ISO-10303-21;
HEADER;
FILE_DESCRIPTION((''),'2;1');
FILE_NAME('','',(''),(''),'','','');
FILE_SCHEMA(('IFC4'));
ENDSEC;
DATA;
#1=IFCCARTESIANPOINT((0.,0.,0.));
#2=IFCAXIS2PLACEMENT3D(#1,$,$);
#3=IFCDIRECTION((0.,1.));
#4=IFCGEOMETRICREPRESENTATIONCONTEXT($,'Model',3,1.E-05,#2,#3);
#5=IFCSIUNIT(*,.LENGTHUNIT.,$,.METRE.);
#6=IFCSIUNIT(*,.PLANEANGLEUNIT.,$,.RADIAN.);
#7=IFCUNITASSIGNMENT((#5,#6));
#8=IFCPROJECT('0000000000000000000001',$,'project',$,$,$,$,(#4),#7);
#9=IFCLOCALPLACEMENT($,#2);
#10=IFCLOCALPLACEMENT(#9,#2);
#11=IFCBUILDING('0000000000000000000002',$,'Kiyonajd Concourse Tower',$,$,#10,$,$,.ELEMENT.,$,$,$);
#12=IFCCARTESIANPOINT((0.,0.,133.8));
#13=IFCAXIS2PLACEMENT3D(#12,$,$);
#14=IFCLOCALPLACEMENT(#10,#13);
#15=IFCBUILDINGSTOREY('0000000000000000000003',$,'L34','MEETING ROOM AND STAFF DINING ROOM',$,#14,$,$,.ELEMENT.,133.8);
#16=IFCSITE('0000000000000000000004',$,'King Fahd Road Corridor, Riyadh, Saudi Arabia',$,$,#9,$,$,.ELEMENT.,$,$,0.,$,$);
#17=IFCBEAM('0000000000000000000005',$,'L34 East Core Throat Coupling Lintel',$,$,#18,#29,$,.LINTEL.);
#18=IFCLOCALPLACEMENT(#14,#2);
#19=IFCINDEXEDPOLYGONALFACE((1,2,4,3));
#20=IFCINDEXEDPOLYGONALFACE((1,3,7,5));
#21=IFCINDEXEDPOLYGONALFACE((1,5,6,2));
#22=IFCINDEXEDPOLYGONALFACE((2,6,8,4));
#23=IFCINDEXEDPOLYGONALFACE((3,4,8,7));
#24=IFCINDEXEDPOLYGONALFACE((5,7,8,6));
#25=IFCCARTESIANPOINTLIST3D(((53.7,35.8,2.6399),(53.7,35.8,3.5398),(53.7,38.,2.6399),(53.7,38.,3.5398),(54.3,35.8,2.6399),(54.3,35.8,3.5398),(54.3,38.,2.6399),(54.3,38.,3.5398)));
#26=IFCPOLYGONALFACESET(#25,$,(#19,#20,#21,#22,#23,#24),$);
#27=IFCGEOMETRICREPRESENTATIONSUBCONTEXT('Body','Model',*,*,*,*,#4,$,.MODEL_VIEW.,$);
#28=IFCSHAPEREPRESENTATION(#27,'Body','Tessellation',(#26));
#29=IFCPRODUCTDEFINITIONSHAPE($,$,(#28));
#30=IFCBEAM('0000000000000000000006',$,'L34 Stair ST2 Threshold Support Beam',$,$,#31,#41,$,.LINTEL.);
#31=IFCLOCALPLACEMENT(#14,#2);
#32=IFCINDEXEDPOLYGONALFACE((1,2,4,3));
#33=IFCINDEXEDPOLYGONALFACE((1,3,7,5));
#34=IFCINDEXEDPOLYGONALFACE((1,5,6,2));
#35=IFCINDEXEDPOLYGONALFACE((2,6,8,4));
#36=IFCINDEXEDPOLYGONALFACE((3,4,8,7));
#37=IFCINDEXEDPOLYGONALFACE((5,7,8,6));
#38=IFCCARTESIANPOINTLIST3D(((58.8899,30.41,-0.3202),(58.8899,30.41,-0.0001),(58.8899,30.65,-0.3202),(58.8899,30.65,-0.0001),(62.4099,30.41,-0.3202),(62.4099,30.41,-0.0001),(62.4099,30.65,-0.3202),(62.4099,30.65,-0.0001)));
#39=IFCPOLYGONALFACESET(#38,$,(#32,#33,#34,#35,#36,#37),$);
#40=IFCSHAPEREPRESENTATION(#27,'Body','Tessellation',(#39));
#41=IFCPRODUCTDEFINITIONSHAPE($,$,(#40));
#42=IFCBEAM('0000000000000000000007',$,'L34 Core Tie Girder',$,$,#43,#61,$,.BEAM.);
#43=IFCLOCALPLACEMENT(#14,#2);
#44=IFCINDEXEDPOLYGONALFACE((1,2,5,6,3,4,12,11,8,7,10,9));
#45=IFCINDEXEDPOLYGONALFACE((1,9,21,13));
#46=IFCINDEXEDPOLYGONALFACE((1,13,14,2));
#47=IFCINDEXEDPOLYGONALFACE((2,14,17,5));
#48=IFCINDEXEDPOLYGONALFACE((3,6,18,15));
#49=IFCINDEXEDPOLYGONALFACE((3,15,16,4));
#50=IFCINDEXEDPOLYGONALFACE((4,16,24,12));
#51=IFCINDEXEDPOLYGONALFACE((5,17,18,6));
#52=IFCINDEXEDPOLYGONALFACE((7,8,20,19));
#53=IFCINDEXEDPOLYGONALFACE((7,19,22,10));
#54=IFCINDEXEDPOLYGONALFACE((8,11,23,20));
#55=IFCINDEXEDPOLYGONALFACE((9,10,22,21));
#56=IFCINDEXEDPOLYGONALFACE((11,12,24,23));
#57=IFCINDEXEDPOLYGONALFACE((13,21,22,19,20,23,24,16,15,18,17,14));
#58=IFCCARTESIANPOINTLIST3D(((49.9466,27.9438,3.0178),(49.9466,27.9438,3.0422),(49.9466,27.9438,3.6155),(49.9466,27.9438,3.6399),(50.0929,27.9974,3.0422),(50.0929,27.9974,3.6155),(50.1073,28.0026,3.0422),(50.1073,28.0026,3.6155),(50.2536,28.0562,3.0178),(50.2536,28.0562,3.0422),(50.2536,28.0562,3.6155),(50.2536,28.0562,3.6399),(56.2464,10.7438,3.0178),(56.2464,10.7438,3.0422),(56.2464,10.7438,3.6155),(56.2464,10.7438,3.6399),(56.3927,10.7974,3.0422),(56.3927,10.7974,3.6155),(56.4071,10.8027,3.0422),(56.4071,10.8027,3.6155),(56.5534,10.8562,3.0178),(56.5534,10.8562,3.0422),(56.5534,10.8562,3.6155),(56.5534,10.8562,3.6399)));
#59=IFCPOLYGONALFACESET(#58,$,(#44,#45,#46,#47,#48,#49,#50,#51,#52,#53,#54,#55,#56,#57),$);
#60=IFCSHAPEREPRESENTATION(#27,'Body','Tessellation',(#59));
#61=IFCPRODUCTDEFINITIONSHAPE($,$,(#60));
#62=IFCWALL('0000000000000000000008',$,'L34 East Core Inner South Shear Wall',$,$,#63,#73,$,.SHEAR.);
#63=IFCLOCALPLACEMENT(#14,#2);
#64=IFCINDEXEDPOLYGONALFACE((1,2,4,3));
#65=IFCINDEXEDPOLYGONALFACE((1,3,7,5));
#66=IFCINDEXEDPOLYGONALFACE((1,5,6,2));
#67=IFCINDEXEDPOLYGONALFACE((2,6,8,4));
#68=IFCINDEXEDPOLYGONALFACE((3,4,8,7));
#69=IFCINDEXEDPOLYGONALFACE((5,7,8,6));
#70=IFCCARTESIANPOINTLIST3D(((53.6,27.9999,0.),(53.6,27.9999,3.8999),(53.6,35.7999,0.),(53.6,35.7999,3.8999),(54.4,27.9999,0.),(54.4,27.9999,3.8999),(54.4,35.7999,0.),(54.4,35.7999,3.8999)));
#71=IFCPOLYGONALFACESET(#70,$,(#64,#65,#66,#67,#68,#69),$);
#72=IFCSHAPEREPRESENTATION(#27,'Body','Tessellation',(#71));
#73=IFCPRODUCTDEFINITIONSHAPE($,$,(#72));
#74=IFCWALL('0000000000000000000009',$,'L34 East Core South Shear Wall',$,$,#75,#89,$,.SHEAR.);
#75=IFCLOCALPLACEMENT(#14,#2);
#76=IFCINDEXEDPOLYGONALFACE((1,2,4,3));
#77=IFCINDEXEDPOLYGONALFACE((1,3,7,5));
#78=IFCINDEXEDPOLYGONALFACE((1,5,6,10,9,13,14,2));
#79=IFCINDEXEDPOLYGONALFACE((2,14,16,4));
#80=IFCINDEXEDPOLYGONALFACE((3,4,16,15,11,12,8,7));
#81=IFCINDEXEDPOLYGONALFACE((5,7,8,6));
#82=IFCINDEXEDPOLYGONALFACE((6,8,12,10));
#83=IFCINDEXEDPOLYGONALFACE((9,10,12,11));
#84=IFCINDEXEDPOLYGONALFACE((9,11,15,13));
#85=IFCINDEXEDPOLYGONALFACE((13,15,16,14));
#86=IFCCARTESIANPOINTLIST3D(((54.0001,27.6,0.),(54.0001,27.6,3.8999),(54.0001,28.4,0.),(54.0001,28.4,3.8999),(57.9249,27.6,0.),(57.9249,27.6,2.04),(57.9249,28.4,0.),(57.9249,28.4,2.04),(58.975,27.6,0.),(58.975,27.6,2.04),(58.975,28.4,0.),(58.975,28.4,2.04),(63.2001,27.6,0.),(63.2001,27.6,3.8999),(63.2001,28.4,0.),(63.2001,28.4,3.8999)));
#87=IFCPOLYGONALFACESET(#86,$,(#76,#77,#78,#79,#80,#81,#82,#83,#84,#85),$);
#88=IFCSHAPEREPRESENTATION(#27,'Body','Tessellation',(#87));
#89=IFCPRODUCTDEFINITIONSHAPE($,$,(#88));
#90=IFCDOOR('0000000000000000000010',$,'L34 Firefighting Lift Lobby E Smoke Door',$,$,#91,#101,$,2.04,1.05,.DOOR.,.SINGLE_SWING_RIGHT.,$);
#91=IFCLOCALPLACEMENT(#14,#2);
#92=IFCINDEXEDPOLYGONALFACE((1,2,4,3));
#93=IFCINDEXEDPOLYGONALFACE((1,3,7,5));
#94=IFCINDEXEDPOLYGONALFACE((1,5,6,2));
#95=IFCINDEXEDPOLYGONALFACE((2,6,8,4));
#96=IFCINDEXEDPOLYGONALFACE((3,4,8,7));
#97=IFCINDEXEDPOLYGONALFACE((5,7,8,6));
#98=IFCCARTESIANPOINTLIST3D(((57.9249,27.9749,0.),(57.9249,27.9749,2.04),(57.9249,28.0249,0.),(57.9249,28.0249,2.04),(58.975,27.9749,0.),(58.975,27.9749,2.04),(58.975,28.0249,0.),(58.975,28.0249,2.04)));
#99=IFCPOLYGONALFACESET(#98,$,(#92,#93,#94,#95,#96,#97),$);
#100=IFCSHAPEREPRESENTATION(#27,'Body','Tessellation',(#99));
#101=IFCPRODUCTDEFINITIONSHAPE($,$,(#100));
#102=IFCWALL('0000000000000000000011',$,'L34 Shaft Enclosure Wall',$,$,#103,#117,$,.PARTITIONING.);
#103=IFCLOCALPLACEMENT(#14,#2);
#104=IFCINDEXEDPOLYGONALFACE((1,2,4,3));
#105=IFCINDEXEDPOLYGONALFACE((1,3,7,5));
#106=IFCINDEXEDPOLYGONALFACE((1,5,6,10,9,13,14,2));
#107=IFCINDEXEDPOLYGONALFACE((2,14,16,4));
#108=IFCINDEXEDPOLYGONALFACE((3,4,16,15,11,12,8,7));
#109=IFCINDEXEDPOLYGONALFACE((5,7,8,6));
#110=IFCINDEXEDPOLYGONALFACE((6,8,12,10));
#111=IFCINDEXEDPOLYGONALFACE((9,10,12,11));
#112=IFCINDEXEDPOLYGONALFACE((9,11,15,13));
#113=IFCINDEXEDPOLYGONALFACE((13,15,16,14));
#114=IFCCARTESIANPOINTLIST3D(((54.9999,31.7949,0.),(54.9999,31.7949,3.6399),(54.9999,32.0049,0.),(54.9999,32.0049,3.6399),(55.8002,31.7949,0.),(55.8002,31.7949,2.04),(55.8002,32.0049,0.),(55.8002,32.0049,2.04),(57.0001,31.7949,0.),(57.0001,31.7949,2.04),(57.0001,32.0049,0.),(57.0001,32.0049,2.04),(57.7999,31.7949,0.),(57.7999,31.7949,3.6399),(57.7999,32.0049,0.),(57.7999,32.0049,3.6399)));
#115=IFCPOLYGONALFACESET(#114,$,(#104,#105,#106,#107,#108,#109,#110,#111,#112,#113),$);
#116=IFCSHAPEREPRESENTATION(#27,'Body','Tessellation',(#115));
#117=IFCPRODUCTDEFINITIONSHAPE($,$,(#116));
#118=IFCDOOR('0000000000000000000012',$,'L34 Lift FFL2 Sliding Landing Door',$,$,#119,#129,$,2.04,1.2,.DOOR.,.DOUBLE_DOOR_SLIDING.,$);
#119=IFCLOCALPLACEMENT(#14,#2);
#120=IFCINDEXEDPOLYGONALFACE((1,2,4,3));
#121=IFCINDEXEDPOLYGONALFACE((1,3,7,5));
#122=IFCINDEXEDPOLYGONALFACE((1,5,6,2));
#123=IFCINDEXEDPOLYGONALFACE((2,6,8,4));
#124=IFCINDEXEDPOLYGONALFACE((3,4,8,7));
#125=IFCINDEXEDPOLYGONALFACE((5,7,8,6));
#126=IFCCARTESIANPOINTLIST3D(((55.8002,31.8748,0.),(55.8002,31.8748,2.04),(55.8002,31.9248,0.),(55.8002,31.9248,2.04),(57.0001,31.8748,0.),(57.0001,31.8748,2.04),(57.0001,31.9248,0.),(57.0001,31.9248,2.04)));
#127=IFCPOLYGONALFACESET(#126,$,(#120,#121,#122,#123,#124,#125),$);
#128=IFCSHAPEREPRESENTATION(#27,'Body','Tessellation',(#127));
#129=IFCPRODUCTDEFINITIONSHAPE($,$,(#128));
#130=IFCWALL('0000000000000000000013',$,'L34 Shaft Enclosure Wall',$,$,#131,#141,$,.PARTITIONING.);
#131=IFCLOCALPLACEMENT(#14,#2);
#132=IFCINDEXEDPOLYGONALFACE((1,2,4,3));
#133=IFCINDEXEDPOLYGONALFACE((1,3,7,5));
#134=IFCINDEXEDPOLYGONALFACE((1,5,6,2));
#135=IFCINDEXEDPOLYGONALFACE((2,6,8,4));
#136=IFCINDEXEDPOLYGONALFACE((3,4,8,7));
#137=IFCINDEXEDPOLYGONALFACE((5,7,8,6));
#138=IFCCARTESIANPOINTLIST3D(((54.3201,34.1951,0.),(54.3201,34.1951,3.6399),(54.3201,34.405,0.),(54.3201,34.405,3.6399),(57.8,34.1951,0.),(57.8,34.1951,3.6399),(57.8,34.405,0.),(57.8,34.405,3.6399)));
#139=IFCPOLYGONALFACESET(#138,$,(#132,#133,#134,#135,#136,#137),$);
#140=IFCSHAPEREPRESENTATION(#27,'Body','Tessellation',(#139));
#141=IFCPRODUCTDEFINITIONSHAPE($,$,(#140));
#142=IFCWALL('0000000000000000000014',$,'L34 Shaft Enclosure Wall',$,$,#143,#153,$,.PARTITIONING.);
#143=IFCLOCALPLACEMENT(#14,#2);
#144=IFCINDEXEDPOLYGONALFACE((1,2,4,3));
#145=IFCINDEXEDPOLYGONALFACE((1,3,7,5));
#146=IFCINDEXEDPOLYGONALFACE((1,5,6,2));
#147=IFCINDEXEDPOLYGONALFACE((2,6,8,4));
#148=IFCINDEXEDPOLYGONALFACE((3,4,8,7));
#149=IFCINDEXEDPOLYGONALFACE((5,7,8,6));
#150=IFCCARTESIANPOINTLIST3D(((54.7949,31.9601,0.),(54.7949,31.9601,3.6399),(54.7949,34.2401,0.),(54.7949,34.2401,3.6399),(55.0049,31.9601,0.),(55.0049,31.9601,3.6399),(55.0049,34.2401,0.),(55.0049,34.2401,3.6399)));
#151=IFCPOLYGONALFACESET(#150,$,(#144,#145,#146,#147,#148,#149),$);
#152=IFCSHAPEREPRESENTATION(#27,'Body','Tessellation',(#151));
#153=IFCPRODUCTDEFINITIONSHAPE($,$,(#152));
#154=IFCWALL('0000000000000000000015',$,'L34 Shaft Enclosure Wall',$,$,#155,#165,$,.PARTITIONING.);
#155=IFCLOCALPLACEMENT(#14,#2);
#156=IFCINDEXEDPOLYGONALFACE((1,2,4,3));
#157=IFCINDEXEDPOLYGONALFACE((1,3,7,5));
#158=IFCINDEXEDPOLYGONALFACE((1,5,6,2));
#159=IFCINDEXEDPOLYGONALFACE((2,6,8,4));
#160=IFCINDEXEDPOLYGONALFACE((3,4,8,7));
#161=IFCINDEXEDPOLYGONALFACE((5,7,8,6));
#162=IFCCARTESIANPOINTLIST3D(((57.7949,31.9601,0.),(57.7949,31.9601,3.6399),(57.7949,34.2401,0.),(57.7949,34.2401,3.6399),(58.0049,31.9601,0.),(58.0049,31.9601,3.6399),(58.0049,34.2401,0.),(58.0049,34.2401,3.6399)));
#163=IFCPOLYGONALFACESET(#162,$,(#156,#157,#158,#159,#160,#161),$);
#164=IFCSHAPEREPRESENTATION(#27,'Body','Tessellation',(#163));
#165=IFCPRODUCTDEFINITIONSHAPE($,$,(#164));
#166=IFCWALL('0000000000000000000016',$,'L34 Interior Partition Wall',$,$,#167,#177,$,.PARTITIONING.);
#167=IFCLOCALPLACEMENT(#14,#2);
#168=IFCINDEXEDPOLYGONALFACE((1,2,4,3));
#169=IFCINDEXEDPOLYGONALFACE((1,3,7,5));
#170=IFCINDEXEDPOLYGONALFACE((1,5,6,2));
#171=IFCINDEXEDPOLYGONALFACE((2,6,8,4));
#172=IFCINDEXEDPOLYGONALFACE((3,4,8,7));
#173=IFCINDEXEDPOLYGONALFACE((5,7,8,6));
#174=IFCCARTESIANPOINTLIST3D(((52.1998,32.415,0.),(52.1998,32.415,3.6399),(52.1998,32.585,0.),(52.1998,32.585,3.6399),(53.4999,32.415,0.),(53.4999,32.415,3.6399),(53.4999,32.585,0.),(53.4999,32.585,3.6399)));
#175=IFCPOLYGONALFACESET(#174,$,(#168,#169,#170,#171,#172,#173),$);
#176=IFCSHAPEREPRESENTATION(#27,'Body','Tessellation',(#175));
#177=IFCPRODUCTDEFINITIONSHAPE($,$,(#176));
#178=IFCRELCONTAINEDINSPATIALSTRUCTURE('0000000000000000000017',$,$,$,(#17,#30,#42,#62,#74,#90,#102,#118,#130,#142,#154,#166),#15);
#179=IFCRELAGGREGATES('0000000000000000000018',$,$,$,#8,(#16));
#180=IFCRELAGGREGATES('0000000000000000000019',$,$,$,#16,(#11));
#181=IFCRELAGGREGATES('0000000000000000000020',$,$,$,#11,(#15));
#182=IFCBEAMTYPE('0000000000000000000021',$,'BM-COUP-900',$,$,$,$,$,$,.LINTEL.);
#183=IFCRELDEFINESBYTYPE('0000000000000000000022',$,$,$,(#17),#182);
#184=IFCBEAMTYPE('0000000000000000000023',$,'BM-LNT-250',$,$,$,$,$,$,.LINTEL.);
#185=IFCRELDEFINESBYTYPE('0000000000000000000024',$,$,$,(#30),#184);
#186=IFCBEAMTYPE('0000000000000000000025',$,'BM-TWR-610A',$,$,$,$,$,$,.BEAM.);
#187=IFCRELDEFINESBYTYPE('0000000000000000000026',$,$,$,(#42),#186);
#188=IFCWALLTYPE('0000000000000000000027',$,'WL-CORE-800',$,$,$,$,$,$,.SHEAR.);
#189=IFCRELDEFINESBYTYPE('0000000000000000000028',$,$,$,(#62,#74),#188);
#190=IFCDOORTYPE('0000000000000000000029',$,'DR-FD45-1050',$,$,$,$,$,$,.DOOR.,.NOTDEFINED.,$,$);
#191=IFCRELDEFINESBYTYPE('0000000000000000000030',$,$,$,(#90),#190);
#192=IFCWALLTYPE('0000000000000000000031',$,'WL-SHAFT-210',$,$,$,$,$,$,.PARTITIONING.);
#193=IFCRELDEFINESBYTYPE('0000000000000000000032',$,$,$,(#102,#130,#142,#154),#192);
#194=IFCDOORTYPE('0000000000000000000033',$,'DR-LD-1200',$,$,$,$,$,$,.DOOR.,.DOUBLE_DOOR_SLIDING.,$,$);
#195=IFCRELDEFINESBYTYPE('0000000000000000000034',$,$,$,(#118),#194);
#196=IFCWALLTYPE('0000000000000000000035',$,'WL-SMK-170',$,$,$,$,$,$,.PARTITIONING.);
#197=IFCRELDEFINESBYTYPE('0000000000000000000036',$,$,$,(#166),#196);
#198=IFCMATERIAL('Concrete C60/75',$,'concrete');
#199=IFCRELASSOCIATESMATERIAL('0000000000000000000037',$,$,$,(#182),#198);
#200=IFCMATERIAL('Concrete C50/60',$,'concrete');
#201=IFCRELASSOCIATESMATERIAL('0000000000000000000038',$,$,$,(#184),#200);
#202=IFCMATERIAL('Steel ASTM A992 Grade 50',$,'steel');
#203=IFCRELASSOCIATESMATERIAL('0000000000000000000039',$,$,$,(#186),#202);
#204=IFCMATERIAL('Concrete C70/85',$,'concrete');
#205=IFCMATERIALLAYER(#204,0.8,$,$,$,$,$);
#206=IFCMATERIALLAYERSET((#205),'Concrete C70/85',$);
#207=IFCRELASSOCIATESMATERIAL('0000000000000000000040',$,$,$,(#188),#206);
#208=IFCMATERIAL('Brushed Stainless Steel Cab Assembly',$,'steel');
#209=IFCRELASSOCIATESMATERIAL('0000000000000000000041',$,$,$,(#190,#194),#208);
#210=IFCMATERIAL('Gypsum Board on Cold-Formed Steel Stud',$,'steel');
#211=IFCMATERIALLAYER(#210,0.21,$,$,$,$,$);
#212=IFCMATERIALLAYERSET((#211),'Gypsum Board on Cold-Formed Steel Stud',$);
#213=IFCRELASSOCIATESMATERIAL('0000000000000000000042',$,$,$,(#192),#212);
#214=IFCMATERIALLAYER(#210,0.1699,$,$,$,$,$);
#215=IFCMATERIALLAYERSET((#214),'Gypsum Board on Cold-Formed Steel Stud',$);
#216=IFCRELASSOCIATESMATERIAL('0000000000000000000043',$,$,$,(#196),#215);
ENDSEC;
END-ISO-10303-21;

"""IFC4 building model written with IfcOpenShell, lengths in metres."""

from ifc_helpers import new_model, si_unit, direction, frame, frame_2d, origin, origin_2d, place, context, subcontext, project, spatial, rectangle, i_section, extrude, material, layer, layer_set, material_profile, profile_set, type_object, element, fill, save


model = new_model("IFC4")

# Units and contexts
model_context = context("Model", 3, precision=1e-05, world=origin(), true_north=direction((0.0, 1.0)))
body_context = subcontext(model_context, "Body", "Model", "MODEL_VIEW")
ifc_project = project(units=[si_unit("LENGTHUNIT", "METRE"), si_unit("PLANEANGLEUNIT", "RADIAN")], contexts=[model_context])

# Site, building, storey
site_placement = place(None, origin())
site = spatial("IfcSite", under=ifc_project, at=site_placement, Name="King Fahd Road Corridor, Riyadh, Saudi Arabia", CompositionType="ELEMENT", RefElevation=0.0)
building_placement = place(site_placement, origin())
building = spatial("IfcBuilding", under=site, at=building_placement, Name="Kiyonajd Concourse Tower", CompositionType="ELEMENT")
storey_placement = place(building_placement, frame((0.0, 0.0, 133.8)))
storey = spatial("IfcBuildingStorey", under=building, at=storey_placement, Name="L34", Description="MEETING ROOM AND STAFF DINING ROOM", CompositionType="ELEMENT", Elevation=133.8)

# Beams
ifc_material_1 = material(Name="Concrete C60/75", Category="concrete")
ifc_material_profile_1 = material_profile(ifc_material_1, rectangle(XDim=0.6001, YDim=0.8999, at=origin_2d()), Name="RCBM-600x900")
ifc_profile_set_1 = profile_set([ifc_material_profile_1], Name="Concrete C60/75")
beam_type_1 = type_object("IfcBeamType", Name="BM-COUP-900", PredefinedType="LINTEL", material=ifc_profile_set_1)
beam_1_placement = place(storey_placement, frame((54.0, 35.8, 3.0898), z_axis=(0.0, 1.0, 0.0), x_axis=(-1.0, 0.0, 0.0)))
element("IfcBeam", 1, at=beam_1_placement, inside=storey, type_object=beam_type_1, Name="L34 East Core Throat Coupling Lintel", PredefinedType="LINTEL", context=body_context, shape_type="SweptSolid", body=[
    extrude(rectangle(XDim=0.6001, YDim=0.8999, at=origin_2d()), origin(), (0.0, 0.0, 1.0), 2.2),
])
ifc_material_2 = material(Name="Concrete C50/60", Category="concrete")
ifc_material_profile_2 = material_profile(ifc_material_2, rectangle(XDim=0.24, YDim=0.3201, at=origin_2d()), Name="RCBM-240x320")
ifc_profile_set_2 = profile_set([ifc_material_profile_2], Name="Concrete C50/60")
beam_type_2 = type_object("IfcBeamType", Name="BM-LNT-250", PredefinedType="LINTEL", material=ifc_profile_set_2)
beam_2_placement = place(storey_placement, frame((58.8899, 30.53, -0.1602), z_axis=(1.0, 0.0, 0.0), x_axis=(0.0, 1.0, 0.0)))
element("IfcBeam", 2, at=beam_2_placement, inside=storey, type_object=beam_type_2, Name="L34 Stair ST2 Threshold Support Beam", PredefinedType="LINTEL", context=body_context, shape_type="SweptSolid", body=[
    extrude(rectangle(XDim=0.24, YDim=0.3201, at=origin_2d()), origin(), (0.0, 0.0, 1.0), 3.52),
])
ifc_material_3 = material(Name="Steel ASTM A992 Grade 50", Category="steel")
ifc_material_profile_3 = material_profile(ifc_material_3, i_section(OverallWidth=0.3269, OverallDepth=0.6221, WebThickness=0.0154, FlangeThickness=0.0244, at=origin_2d()), Name="W610X195")
ifc_profile_set_3 = profile_set([ifc_material_profile_3], Name="Steel ASTM A992 Grade 50")
beam_type_3 = type_object("IfcBeamType", Name="BM-TWR-610A", PredefinedType="BEAM", material=ifc_profile_set_3)
beam_3_placement = place(storey_placement, frame((50.1001, 28.0, 3.3289), z_axis=(0.343925, -0.938997, 0.0), x_axis=(0.938997, 0.343925, 0.0)))
element("IfcBeam", 3, at=beam_3_placement, inside=storey, type_object=beam_type_3, Name="L34 Core Tie Girder", PredefinedType="BEAM", context=body_context, shape_type="SweptSolid", body=[
    extrude(i_section(OverallWidth=0.3269, OverallDepth=0.6221, WebThickness=0.0154, FlangeThickness=0.0244, at=origin_2d()), origin(), (0.0, 0.0, 1.0), 18.3174),
])

# Wall
ifc_material_4 = material(Name="Concrete C70/85", Category="concrete")
ifc_layer_1 = layer(ifc_material_4, 0.8)
ifc_layer_set_1 = layer_set([ifc_layer_1], Name="Concrete C70/85")
wall_type_1 = type_object("IfcWallType", Name="WL-CORE-800", PredefinedType="SHEAR", material=ifc_layer_set_1)
wall_1_placement = place(storey_placement, frame((54.0, 28.0, 0.0), z_axis=(0.0, 0.0, 1.0), x_axis=(0.0, 1.0, 0.0)))
element("IfcWall", 4, at=wall_1_placement, inside=storey, type_object=wall_type_1, Name="L34 East Core Inner South Shear Wall", PredefinedType="SHEAR", context=body_context, shape_type="SweptSolid", body=[
    extrude(rectangle(XDim=7.8, YDim=0.8, at=frame_2d((3.8999, 0.0))), origin(), (0.0, 0.0, 1.0), 3.8999),
])

# Walls, openings, doors
wall_2_placement = place(storey_placement, frame((54.0, 28.0, 0.0), z_axis=(0.0, 0.0, 1.0), x_axis=(1.0, 0.0, 0.0)))
wall_2 = element("IfcWall", 5, at=wall_2_placement, inside=storey, type_object=wall_type_1, Name="L34 East Core South Shear Wall", PredefinedType="SHEAR", context=body_context, shape_type="SweptSolid", body=[
    extrude(rectangle(XDim=9.2, YDim=0.8, at=frame_2d((4.6001, 0.0))), origin(), (0.0, 0.0, 1.0), 3.8999),
])
opening_1_placement = place(wall_2_placement, frame((3.925, 0.0, 0.0)))
opening_1 = element("IfcOpeningElement", 6, at=opening_1_placement, cuts=wall_2, PredefinedType="OPENING", context=body_context, shape_type="SweptSolid", body=[
    extrude(rectangle(XDim=1.05, YDim=2.04, at=frame_2d((0.5249, 1.02))), frame((0.0, 0.4099, 0.0), z_axis=(0.0, -1.0, 0.0), x_axis=(1.0, 0.0, 0.0)), (0.0, 0.0, 1.0), 0.8201),
])
ifc_material_5 = material(Name="Brushed Stainless Steel Cab Assembly", Category="steel")
door_type_1 = type_object("IfcDoorType", Name="DR-FD45-1050", OperationType="NOTDEFINED", PredefinedType="DOOR", material=ifc_material_5)
door_1_placement = place(opening_1_placement, origin())
door_1 = element("IfcDoor", 7, at=door_1_placement, inside=storey, type_object=door_type_1, Name="L34 Firefighting Lift Lobby E Smoke Door", OperationType="SINGLE_SWING_RIGHT", OverallHeight=2.04, OverallWidth=1.05, PredefinedType="DOOR", context=body_context, shape_type="SweptSolid", body=[
    extrude(rectangle(XDim=1.05, YDim=2.04, at=frame_2d((0.5249, 1.02))), frame((0.0, 0.0249, 0.0), z_axis=(0.0, -1.0, 0.0), x_axis=(1.0, 0.0, 0.0)), (0.0, 0.0, 1.0), 0.05),
])
fill(opening_1, door_1)
ifc_material_6 = material(Name="Gypsum Board on Cold-Formed Steel Stud", Category="steel")
ifc_layer_2 = layer(ifc_material_6, 0.21)
ifc_layer_set_2 = layer_set([ifc_layer_2], Name="Gypsum Board on Cold-Formed Steel Stud")
wall_type_2 = type_object("IfcWallType", Name="WL-SHAFT-210", PredefinedType="PARTITIONING", material=ifc_layer_set_2)
wall_3_placement = place(storey_placement, frame((55.0, 31.8999, 0.0), z_axis=(0.0, 0.0, 1.0), x_axis=(1.0, 0.0, 0.0)))
wall_3 = element("IfcWall", 8, at=wall_3_placement, inside=storey, type_object=wall_type_2, Name="L34 Shaft Enclosure Wall", PredefinedType="PARTITIONING", context=body_context, shape_type="SweptSolid", body=[
    extrude(rectangle(XDim=2.8, YDim=0.21, at=frame_2d((1.3999, 0.0))), origin(), (0.0, 0.0, 1.0), 3.6399),
])
opening_2_placement = place(wall_3_placement, frame((0.8, 0.0, 0.0)))
opening_2 = element("IfcOpeningElement", 9, at=opening_2_placement, cuts=wall_3, PredefinedType="OPENING", context=body_context, shape_type="SweptSolid", body=[
    extrude(rectangle(XDim=1.2, YDim=2.04, at=frame_2d((0.6001, 1.02))), frame((0.0, 0.115, 0.0), z_axis=(0.0, -1.0, 0.0), x_axis=(1.0, 0.0, 0.0)), (0.0, 0.0, 1.0), 0.23),
])
door_type_2 = type_object("IfcDoorType", Name="DR-LD-1200", OperationType="DOUBLE_DOOR_SLIDING", PredefinedType="DOOR", material=ifc_material_5)
door_2_placement = place(opening_2_placement, origin())
door_2 = element("IfcDoor", 10, at=door_2_placement, inside=storey, type_object=door_type_2, Name="L34 Lift FFL2 Sliding Landing Door", OperationType="DOUBLE_DOOR_SLIDING", OverallHeight=2.04, OverallWidth=1.2, PredefinedType="DOOR", context=body_context, shape_type="SweptSolid", body=[
    extrude(rectangle(XDim=1.2, YDim=2.04, at=frame_2d((0.6001, 1.02))), frame((0.0, 0.0249, 0.0), z_axis=(0.0, -1.0, 0.0), x_axis=(1.0, 0.0, 0.0)), (0.0, 0.0, 1.0), 0.05),
])
fill(opening_2, door_2)

# Walls
wall_4_placement = place(storey_placement, frame((54.3201, 34.3, 0.0), z_axis=(0.0, 0.0, 1.0), x_axis=(1.0, 0.0, 0.0)))
element("IfcWall", 11, at=wall_4_placement, inside=storey, type_object=wall_type_2, Name="L34 Shaft Enclosure Wall", PredefinedType="PARTITIONING", context=body_context, shape_type="SweptSolid", body=[
    extrude(rectangle(XDim=3.48, YDim=0.21, at=frame_2d((1.74, 0.0))), origin(), (0.0, 0.0, 1.0), 3.6399),
])
for number, where, z_axis, x_axis, name in (
    (12, (54.8999, 31.96, 0.0), (0.0, 0.0, 1.0), (0.0, 1.0, 0.0), "L34 Shaft Enclosure Wall"),
    (13, (57.8999, 31.96, 0.0), (0.0, 0.0, 1.0), (0.0, 1.0, 0.0), "L34 Shaft Enclosure Wall"),
):
    element("IfcWall", number, at=place(storey_placement, frame(where, z_axis=z_axis, x_axis=x_axis)), inside=storey, type_object=wall_type_2, Name=name, PredefinedType="PARTITIONING", context=body_context, shape_type="SweptSolid", body=[
        extrude(rectangle(XDim=2.28, YDim=0.21, at=frame_2d((1.1401, 0.0))), origin(), (0.0, 0.0, 1.0), 3.6399),
    ])
ifc_layer_3 = layer(ifc_material_6, 0.1699)
ifc_layer_set_3 = layer_set([ifc_layer_3], Name="Gypsum Board on Cold-Formed Steel Stud")
wall_type_3 = type_object("IfcWallType", Name="WL-SMK-170", PredefinedType="PARTITIONING", material=ifc_layer_set_3)
wall_5_placement = place(storey_placement, frame((52.2, 32.5, 0.0), z_axis=(0.0, 0.0, 1.0), x_axis=(1.0, 0.0, 0.0)))
element("IfcWall", 14, at=wall_5_placement, inside=storey, type_object=wall_type_3, Name="L34 Interior Partition Wall", PredefinedType="PARTITIONING", context=body_context, shape_type="SweptSolid", body=[
    extrude(rectangle(XDim=1.3, YDim=0.1699, at=frame_2d((0.6499, 0.0))), origin(), (0.0, 0.0, 1.0), 3.6399),
])

save(model, "model.ifc")
